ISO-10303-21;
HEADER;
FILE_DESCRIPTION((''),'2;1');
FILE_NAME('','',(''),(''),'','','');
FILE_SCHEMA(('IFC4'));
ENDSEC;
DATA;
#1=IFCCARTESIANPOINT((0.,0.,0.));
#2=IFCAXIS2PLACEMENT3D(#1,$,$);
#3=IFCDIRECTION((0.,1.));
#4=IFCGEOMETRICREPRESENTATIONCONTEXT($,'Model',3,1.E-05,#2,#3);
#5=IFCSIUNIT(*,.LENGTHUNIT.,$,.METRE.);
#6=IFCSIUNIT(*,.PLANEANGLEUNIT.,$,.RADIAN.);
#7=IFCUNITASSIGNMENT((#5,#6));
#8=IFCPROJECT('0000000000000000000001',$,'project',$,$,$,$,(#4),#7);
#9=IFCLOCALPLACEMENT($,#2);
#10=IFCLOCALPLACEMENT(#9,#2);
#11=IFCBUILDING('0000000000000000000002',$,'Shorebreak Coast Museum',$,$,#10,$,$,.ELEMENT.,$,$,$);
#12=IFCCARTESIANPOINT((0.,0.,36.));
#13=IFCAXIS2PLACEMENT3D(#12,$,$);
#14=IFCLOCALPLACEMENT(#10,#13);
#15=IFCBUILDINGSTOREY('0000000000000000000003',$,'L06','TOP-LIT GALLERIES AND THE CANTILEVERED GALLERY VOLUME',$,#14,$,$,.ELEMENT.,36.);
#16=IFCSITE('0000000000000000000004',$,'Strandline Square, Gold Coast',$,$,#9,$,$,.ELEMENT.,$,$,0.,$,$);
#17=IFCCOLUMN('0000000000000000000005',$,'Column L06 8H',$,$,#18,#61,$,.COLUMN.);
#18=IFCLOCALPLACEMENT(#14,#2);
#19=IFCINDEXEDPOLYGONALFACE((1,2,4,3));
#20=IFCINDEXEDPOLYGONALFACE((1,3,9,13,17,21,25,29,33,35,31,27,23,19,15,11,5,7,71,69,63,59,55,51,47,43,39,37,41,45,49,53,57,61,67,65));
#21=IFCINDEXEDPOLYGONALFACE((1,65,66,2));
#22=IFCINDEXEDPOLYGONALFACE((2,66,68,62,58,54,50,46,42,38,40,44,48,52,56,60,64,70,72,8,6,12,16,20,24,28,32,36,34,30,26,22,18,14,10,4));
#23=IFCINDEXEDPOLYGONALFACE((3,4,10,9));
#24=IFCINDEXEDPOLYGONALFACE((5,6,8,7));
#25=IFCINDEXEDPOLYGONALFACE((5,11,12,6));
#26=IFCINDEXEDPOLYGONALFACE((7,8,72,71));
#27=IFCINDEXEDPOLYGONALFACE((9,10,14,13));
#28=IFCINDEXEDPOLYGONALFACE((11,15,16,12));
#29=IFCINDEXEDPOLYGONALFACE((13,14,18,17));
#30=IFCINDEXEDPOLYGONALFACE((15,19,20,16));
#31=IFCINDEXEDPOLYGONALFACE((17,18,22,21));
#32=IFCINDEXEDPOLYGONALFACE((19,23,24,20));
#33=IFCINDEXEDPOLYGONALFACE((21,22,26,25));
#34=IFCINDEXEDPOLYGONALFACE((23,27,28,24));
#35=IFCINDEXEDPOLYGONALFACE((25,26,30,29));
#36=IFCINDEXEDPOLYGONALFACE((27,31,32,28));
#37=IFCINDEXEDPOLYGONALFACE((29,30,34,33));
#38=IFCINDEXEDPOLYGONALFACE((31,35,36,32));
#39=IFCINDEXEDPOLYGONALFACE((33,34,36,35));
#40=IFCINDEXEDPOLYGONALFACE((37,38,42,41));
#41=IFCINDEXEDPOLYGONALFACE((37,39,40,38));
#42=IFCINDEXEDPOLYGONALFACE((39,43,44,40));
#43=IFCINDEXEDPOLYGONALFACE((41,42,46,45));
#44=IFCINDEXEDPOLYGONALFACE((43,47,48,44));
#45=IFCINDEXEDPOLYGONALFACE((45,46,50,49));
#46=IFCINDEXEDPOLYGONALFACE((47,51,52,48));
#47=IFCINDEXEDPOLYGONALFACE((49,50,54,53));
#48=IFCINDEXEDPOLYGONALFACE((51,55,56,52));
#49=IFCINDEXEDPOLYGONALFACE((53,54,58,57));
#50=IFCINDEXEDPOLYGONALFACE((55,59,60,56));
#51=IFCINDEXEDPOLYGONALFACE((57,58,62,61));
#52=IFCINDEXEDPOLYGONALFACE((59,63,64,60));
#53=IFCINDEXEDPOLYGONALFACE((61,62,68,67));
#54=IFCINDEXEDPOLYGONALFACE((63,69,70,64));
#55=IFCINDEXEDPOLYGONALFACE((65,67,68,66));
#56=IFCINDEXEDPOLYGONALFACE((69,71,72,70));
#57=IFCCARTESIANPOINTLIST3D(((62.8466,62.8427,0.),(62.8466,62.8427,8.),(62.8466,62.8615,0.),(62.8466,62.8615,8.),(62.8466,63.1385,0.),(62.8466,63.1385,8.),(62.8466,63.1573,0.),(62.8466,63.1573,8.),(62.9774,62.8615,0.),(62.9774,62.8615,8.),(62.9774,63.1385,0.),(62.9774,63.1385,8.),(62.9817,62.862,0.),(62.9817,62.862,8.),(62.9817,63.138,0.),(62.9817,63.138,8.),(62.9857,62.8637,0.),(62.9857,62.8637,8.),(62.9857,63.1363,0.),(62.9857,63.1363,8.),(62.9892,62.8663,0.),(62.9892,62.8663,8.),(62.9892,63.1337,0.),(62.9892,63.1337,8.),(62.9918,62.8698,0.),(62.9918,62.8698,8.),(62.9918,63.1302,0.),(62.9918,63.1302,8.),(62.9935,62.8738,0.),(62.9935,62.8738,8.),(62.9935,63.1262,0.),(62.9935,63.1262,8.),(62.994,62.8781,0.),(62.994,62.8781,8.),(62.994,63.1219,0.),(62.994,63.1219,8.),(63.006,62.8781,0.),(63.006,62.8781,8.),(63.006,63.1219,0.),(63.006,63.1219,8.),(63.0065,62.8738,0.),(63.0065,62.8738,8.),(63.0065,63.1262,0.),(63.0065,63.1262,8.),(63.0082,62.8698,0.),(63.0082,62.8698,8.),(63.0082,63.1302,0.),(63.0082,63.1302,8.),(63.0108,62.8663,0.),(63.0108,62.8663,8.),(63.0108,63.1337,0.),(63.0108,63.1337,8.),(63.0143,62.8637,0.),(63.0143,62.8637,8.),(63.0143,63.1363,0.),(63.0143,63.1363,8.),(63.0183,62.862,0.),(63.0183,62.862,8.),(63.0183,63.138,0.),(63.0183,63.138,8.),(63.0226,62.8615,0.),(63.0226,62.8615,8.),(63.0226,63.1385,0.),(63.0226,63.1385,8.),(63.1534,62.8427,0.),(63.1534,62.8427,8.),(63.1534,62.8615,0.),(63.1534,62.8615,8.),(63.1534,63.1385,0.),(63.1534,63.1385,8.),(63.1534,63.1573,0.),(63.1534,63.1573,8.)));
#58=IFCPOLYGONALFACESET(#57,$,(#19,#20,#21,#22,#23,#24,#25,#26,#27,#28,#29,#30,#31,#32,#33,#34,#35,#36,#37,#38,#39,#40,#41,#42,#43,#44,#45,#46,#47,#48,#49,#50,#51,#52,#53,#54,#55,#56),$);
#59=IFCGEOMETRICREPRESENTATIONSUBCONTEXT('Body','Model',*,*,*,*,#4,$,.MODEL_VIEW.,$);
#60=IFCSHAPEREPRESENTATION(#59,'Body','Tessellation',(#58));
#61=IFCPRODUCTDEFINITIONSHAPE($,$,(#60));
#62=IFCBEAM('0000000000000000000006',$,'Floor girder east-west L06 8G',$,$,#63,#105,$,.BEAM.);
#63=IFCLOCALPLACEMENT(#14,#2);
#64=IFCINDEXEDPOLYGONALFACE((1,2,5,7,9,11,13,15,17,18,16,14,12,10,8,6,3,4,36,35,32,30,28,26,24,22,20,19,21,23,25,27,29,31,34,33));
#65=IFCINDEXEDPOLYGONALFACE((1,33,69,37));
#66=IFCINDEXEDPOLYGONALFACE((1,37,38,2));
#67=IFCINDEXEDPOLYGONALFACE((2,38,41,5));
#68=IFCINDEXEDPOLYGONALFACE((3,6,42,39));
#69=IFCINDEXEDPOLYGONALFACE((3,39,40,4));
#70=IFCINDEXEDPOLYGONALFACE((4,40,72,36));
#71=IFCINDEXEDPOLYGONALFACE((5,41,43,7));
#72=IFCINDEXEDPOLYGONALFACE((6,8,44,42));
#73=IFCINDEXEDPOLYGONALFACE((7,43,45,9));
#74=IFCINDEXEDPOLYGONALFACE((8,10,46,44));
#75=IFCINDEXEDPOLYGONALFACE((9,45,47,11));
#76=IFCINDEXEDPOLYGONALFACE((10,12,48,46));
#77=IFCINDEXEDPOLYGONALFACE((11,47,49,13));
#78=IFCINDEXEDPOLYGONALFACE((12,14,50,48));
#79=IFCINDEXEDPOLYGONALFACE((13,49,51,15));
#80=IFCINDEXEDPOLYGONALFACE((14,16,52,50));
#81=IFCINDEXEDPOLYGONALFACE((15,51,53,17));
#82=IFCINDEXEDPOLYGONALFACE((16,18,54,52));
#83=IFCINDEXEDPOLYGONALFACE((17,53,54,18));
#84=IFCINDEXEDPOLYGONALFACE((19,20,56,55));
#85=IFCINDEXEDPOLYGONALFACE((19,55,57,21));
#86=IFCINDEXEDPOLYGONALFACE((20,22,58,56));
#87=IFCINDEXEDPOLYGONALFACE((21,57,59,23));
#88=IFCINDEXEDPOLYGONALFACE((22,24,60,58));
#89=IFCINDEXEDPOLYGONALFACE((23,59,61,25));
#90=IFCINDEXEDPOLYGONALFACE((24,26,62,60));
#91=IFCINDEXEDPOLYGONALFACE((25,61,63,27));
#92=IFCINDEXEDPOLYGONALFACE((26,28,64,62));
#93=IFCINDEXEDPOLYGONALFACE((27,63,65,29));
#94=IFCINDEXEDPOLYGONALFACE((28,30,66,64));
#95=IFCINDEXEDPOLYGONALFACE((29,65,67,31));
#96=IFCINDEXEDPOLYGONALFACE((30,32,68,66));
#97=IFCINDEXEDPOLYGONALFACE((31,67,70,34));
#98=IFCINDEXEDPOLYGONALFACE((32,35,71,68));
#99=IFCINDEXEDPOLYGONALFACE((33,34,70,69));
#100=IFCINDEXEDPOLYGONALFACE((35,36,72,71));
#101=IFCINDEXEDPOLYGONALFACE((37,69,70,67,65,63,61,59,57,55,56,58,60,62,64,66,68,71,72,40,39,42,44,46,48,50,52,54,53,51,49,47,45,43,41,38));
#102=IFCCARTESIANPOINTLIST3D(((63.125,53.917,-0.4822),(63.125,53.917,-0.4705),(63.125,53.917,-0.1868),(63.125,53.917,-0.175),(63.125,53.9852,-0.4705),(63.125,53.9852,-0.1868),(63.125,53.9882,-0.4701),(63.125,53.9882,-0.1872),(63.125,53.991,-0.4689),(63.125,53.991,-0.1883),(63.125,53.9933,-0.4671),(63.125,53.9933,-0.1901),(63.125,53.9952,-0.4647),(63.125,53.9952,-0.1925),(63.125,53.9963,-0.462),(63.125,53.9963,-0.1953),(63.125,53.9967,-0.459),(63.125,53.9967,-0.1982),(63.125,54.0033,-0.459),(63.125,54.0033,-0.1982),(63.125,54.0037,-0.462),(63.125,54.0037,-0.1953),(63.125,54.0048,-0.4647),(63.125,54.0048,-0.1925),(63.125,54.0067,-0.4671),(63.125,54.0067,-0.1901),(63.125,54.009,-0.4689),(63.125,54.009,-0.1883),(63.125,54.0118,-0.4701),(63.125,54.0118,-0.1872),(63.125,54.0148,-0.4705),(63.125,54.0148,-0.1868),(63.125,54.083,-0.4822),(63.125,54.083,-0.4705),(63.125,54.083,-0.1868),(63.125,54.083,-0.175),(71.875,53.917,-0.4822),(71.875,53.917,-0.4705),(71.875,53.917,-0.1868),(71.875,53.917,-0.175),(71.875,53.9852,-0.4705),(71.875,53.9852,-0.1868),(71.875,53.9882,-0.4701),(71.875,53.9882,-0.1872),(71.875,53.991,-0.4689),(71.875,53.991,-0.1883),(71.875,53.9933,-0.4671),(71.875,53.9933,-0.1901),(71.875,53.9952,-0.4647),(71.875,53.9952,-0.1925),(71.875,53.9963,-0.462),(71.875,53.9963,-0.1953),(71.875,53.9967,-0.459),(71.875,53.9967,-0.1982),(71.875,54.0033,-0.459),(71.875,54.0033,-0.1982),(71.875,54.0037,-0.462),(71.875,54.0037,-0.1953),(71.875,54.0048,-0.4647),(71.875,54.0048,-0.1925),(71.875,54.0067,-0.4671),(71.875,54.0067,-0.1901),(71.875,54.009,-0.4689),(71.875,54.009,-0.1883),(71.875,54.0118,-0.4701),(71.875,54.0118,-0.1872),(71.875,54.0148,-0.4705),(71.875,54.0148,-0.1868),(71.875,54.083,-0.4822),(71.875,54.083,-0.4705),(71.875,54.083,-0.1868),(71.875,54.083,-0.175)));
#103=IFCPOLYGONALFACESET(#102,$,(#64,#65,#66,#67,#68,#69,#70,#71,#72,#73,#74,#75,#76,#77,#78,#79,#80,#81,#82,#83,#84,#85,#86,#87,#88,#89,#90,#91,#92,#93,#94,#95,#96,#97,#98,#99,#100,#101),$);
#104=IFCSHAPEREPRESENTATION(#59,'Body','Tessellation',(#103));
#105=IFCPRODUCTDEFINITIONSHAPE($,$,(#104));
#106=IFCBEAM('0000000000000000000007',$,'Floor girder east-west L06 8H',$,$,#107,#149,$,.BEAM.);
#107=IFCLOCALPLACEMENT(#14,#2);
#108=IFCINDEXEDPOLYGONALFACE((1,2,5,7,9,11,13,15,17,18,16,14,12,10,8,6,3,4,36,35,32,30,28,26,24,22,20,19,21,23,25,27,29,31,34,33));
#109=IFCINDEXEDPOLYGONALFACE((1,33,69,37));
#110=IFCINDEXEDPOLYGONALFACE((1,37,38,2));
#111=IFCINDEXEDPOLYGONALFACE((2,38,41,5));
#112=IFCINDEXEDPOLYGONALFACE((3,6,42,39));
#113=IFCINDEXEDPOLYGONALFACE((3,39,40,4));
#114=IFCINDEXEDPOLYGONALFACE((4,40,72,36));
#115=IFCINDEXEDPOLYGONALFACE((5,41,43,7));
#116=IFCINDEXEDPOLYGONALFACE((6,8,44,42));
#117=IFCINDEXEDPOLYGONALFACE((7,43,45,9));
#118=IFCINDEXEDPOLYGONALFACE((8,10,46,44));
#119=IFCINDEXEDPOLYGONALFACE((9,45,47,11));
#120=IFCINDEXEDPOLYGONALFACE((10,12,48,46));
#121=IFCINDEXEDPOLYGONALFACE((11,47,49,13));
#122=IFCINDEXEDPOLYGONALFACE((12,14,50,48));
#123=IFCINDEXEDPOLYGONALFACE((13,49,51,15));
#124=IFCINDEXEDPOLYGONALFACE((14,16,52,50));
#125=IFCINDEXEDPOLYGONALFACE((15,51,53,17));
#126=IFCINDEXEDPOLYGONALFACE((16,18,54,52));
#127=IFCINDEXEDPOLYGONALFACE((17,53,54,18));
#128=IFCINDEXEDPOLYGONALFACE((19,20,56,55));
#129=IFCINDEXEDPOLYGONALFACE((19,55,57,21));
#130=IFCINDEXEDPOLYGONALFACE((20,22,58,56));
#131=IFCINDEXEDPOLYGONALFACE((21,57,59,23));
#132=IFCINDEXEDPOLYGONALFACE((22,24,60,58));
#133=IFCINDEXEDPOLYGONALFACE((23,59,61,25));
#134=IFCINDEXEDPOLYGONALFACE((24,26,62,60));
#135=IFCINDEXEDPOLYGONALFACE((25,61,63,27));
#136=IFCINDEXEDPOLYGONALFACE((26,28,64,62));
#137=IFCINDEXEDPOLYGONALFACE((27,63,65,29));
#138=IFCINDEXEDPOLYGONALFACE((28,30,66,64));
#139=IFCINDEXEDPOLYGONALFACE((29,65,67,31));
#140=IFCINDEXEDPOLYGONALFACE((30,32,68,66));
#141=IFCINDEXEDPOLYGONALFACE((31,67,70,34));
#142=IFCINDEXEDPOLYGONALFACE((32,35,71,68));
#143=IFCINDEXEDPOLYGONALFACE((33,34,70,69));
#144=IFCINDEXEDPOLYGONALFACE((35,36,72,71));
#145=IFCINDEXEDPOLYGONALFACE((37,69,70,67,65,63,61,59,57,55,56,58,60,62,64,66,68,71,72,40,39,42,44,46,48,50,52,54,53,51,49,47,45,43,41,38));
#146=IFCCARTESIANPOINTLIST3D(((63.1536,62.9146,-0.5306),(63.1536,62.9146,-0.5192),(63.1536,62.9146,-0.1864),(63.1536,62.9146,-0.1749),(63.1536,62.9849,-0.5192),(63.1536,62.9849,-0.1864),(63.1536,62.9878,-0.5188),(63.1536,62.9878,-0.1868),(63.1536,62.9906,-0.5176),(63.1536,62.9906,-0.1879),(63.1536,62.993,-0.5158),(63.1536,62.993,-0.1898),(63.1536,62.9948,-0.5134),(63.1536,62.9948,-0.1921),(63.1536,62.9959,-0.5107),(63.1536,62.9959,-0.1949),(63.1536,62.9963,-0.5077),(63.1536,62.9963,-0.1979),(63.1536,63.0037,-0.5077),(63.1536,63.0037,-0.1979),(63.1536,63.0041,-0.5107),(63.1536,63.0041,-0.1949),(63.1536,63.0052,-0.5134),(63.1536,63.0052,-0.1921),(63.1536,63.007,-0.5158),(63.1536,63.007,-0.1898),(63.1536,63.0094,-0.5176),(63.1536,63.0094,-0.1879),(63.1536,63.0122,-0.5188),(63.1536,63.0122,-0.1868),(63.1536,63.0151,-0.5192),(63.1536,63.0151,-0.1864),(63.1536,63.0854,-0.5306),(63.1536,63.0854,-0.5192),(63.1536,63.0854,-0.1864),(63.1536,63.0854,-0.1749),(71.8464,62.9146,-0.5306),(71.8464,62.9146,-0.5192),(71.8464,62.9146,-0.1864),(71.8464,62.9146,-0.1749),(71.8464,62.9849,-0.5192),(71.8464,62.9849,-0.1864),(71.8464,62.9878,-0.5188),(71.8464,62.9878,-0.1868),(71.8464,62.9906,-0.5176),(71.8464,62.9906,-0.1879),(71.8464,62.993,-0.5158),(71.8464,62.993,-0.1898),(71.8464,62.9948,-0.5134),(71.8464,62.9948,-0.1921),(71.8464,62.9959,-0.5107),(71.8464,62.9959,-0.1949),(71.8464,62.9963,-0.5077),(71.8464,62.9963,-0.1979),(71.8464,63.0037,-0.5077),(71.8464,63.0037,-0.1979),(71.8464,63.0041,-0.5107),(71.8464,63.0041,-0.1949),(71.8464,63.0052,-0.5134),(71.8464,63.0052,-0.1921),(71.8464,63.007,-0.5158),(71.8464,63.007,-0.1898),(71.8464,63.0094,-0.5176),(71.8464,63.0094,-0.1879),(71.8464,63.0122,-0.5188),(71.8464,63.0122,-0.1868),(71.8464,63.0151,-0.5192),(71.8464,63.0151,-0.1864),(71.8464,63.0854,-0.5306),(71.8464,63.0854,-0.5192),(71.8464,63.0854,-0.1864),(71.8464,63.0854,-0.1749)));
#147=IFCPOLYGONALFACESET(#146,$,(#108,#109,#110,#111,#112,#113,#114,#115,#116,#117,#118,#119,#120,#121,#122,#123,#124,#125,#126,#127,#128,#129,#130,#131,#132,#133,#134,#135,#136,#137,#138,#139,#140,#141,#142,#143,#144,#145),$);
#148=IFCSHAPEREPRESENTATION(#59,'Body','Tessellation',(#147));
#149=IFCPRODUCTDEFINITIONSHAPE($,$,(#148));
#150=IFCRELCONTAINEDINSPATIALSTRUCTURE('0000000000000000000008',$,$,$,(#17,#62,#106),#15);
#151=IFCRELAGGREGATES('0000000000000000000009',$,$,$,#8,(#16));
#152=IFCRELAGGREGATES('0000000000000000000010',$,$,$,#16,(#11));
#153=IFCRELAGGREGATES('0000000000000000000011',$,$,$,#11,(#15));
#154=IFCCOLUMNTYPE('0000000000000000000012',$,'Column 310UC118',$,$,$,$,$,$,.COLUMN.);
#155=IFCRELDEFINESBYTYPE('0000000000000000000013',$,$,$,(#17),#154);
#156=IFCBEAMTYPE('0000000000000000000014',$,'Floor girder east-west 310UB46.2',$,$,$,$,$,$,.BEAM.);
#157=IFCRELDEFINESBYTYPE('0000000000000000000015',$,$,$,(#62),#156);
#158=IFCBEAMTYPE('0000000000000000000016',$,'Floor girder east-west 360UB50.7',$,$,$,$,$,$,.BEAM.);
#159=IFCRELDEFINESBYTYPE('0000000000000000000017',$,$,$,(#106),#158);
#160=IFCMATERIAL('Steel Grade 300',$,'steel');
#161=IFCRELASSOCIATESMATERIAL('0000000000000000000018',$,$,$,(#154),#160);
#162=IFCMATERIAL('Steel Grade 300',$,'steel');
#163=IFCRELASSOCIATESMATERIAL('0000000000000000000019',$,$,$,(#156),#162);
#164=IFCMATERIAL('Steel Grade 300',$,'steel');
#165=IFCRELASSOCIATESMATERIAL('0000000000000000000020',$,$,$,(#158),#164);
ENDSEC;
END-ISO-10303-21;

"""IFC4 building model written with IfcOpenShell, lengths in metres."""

from ifc_helpers import new_model, si_unit, direction, frame, origin, origin_2d, place, context, subcontext, project, spatial, i_section, extrude, material, material_profile, profile_set, type_object, element, save


model = new_model("IFC4")

# Units and contexts
model_context = context("Model", 3, precision=1e-05, world=origin(), true_north=direction((0.0, 1.0)))
body_context = subcontext(model_context, "Body", "Model", "MODEL_VIEW")
ifc_project = project(units=[si_unit("LENGTHUNIT", "METRE"), si_unit("PLANEANGLEUNIT", "RADIAN")], contexts=[model_context])

# Site, building, storey
site_placement = place(None, origin())
site = spatial("IfcSite", under=ifc_project, at=site_placement, Name="Strandline Square, Gold Coast", CompositionType="ELEMENT", RefElevation=0.0)
building_placement = place(site_placement, origin())
building = spatial("IfcBuilding", under=site, at=building_placement, Name="Shorebreak Coast Museum", CompositionType="ELEMENT")
storey_placement = place(building_placement, frame((0.0, 0.0, 36.0)))
storey = spatial("IfcBuildingStorey", under=building, at=storey_placement, Name="L06", Description="TOP-LIT GALLERIES AND THE CANTILEVERED GALLERY VOLUME", CompositionType="ELEMENT", Elevation=36.0)

# Column
ifc_material_1 = material(Name="Steel Grade 300", Category="steel")
ifc_material_profile_1 = material_profile(ifc_material_1, i_section(OverallWidth=0.3069, OverallDepth=0.3147, WebThickness=0.012, FlangeThickness=0.0188, FilletRadius=0.0166, at=origin_2d()), Name="310UC118")
ifc_profile_set_1 = profile_set([ifc_material_profile_1], Name="Steel Grade 300")
column_type = type_object("IfcColumnType", Name="Column 310UC118", PredefinedType="COLUMN", material=ifc_profile_set_1)
column_placement = place(storey_placement, frame((63.0, 63.0, 0.0), z_axis=(0.0, 0.0, 1.0), x_axis=(1.0, 0.0, 0.0)))
element("IfcColumn", 1, at=column_placement, inside=storey, type_object=column_type, Name="Column L06 8H", PredefinedType="COLUMN", context=body_context, shape_type="SweptSolid", body=[
    extrude(i_section(OverallWidth=0.3069, OverallDepth=0.3147, WebThickness=0.012, FlangeThickness=0.0188, FilletRadius=0.0166, at=origin_2d()), origin(), (0.0, 0.0, 1.0), 8.0),
])

# Beams
ifc_material_2 = material(Name="Steel Grade 300", Category="steel")
ifc_material_profile_2 = material_profile(ifc_material_2, i_section(OverallWidth=0.166, OverallDepth=0.3071, WebThickness=0.0066, FlangeThickness=0.0117, FilletRadius=0.0115, at=origin_2d()), Name="310UB46.2")
ifc_profile_set_2 = profile_set([ifc_material_profile_2], Name="Steel Grade 300")
beam_type_1 = type_object("IfcBeamType", Name="Floor girder east-west 310UB46.2", PredefinedType="BEAM", material=ifc_profile_set_2)
beam_1_placement = place(storey_placement, frame((63.125, 54.0, -0.3286), z_axis=(1.0, 0.0, 0.0), x_axis=(0.0, 1.0, 0.0)))
element("IfcBeam", 2, at=beam_1_placement, inside=storey, type_object=beam_type_1, Name="Floor girder east-west L06 8G", PredefinedType="BEAM", context=body_context, shape_type="SweptSolid", body=[
    extrude(i_section(OverallWidth=0.166, OverallDepth=0.3071, WebThickness=0.0066, FlangeThickness=0.0117, FilletRadius=0.0115, at=origin_2d()), origin(), (0.0, 0.0, 1.0), 8.75),
])
ifc_material_3 = material(Name="Steel Grade 300", Category="steel")
ifc_material_profile_3 = material_profile(ifc_material_3, i_section(OverallWidth=0.1709, OverallDepth=0.3557, WebThickness=0.0073, FlangeThickness=0.0115, FilletRadius=0.0115, at=origin_2d()), Name="360UB50.7")
ifc_profile_set_3 = profile_set([ifc_material_profile_3], Name="Steel Grade 300")
beam_type_2 = type_object("IfcBeamType", Name="Floor girder east-west 360UB50.7", PredefinedType="BEAM", material=ifc_profile_set_3)
beam_2_placement = place(storey_placement, frame((63.1536, 63.0, -0.3528), z_axis=(1.0, 0.0, 0.0), x_axis=(0.0, 1.0, 0.0)))
element("IfcBeam", 3, at=beam_2_placement, inside=storey, type_object=beam_type_2, Name="Floor girder east-west L06 8H", PredefinedType="BEAM", context=body_context, shape_type="SweptSolid", body=[
    extrude(i_section(OverallWidth=0.1709, OverallDepth=0.3557, WebThickness=0.0073, FlangeThickness=0.0115, FilletRadius=0.0115, at=origin_2d()), origin(), (0.0, 0.0, 1.0), 8.6929),
])

save(model, "model.ifc")
